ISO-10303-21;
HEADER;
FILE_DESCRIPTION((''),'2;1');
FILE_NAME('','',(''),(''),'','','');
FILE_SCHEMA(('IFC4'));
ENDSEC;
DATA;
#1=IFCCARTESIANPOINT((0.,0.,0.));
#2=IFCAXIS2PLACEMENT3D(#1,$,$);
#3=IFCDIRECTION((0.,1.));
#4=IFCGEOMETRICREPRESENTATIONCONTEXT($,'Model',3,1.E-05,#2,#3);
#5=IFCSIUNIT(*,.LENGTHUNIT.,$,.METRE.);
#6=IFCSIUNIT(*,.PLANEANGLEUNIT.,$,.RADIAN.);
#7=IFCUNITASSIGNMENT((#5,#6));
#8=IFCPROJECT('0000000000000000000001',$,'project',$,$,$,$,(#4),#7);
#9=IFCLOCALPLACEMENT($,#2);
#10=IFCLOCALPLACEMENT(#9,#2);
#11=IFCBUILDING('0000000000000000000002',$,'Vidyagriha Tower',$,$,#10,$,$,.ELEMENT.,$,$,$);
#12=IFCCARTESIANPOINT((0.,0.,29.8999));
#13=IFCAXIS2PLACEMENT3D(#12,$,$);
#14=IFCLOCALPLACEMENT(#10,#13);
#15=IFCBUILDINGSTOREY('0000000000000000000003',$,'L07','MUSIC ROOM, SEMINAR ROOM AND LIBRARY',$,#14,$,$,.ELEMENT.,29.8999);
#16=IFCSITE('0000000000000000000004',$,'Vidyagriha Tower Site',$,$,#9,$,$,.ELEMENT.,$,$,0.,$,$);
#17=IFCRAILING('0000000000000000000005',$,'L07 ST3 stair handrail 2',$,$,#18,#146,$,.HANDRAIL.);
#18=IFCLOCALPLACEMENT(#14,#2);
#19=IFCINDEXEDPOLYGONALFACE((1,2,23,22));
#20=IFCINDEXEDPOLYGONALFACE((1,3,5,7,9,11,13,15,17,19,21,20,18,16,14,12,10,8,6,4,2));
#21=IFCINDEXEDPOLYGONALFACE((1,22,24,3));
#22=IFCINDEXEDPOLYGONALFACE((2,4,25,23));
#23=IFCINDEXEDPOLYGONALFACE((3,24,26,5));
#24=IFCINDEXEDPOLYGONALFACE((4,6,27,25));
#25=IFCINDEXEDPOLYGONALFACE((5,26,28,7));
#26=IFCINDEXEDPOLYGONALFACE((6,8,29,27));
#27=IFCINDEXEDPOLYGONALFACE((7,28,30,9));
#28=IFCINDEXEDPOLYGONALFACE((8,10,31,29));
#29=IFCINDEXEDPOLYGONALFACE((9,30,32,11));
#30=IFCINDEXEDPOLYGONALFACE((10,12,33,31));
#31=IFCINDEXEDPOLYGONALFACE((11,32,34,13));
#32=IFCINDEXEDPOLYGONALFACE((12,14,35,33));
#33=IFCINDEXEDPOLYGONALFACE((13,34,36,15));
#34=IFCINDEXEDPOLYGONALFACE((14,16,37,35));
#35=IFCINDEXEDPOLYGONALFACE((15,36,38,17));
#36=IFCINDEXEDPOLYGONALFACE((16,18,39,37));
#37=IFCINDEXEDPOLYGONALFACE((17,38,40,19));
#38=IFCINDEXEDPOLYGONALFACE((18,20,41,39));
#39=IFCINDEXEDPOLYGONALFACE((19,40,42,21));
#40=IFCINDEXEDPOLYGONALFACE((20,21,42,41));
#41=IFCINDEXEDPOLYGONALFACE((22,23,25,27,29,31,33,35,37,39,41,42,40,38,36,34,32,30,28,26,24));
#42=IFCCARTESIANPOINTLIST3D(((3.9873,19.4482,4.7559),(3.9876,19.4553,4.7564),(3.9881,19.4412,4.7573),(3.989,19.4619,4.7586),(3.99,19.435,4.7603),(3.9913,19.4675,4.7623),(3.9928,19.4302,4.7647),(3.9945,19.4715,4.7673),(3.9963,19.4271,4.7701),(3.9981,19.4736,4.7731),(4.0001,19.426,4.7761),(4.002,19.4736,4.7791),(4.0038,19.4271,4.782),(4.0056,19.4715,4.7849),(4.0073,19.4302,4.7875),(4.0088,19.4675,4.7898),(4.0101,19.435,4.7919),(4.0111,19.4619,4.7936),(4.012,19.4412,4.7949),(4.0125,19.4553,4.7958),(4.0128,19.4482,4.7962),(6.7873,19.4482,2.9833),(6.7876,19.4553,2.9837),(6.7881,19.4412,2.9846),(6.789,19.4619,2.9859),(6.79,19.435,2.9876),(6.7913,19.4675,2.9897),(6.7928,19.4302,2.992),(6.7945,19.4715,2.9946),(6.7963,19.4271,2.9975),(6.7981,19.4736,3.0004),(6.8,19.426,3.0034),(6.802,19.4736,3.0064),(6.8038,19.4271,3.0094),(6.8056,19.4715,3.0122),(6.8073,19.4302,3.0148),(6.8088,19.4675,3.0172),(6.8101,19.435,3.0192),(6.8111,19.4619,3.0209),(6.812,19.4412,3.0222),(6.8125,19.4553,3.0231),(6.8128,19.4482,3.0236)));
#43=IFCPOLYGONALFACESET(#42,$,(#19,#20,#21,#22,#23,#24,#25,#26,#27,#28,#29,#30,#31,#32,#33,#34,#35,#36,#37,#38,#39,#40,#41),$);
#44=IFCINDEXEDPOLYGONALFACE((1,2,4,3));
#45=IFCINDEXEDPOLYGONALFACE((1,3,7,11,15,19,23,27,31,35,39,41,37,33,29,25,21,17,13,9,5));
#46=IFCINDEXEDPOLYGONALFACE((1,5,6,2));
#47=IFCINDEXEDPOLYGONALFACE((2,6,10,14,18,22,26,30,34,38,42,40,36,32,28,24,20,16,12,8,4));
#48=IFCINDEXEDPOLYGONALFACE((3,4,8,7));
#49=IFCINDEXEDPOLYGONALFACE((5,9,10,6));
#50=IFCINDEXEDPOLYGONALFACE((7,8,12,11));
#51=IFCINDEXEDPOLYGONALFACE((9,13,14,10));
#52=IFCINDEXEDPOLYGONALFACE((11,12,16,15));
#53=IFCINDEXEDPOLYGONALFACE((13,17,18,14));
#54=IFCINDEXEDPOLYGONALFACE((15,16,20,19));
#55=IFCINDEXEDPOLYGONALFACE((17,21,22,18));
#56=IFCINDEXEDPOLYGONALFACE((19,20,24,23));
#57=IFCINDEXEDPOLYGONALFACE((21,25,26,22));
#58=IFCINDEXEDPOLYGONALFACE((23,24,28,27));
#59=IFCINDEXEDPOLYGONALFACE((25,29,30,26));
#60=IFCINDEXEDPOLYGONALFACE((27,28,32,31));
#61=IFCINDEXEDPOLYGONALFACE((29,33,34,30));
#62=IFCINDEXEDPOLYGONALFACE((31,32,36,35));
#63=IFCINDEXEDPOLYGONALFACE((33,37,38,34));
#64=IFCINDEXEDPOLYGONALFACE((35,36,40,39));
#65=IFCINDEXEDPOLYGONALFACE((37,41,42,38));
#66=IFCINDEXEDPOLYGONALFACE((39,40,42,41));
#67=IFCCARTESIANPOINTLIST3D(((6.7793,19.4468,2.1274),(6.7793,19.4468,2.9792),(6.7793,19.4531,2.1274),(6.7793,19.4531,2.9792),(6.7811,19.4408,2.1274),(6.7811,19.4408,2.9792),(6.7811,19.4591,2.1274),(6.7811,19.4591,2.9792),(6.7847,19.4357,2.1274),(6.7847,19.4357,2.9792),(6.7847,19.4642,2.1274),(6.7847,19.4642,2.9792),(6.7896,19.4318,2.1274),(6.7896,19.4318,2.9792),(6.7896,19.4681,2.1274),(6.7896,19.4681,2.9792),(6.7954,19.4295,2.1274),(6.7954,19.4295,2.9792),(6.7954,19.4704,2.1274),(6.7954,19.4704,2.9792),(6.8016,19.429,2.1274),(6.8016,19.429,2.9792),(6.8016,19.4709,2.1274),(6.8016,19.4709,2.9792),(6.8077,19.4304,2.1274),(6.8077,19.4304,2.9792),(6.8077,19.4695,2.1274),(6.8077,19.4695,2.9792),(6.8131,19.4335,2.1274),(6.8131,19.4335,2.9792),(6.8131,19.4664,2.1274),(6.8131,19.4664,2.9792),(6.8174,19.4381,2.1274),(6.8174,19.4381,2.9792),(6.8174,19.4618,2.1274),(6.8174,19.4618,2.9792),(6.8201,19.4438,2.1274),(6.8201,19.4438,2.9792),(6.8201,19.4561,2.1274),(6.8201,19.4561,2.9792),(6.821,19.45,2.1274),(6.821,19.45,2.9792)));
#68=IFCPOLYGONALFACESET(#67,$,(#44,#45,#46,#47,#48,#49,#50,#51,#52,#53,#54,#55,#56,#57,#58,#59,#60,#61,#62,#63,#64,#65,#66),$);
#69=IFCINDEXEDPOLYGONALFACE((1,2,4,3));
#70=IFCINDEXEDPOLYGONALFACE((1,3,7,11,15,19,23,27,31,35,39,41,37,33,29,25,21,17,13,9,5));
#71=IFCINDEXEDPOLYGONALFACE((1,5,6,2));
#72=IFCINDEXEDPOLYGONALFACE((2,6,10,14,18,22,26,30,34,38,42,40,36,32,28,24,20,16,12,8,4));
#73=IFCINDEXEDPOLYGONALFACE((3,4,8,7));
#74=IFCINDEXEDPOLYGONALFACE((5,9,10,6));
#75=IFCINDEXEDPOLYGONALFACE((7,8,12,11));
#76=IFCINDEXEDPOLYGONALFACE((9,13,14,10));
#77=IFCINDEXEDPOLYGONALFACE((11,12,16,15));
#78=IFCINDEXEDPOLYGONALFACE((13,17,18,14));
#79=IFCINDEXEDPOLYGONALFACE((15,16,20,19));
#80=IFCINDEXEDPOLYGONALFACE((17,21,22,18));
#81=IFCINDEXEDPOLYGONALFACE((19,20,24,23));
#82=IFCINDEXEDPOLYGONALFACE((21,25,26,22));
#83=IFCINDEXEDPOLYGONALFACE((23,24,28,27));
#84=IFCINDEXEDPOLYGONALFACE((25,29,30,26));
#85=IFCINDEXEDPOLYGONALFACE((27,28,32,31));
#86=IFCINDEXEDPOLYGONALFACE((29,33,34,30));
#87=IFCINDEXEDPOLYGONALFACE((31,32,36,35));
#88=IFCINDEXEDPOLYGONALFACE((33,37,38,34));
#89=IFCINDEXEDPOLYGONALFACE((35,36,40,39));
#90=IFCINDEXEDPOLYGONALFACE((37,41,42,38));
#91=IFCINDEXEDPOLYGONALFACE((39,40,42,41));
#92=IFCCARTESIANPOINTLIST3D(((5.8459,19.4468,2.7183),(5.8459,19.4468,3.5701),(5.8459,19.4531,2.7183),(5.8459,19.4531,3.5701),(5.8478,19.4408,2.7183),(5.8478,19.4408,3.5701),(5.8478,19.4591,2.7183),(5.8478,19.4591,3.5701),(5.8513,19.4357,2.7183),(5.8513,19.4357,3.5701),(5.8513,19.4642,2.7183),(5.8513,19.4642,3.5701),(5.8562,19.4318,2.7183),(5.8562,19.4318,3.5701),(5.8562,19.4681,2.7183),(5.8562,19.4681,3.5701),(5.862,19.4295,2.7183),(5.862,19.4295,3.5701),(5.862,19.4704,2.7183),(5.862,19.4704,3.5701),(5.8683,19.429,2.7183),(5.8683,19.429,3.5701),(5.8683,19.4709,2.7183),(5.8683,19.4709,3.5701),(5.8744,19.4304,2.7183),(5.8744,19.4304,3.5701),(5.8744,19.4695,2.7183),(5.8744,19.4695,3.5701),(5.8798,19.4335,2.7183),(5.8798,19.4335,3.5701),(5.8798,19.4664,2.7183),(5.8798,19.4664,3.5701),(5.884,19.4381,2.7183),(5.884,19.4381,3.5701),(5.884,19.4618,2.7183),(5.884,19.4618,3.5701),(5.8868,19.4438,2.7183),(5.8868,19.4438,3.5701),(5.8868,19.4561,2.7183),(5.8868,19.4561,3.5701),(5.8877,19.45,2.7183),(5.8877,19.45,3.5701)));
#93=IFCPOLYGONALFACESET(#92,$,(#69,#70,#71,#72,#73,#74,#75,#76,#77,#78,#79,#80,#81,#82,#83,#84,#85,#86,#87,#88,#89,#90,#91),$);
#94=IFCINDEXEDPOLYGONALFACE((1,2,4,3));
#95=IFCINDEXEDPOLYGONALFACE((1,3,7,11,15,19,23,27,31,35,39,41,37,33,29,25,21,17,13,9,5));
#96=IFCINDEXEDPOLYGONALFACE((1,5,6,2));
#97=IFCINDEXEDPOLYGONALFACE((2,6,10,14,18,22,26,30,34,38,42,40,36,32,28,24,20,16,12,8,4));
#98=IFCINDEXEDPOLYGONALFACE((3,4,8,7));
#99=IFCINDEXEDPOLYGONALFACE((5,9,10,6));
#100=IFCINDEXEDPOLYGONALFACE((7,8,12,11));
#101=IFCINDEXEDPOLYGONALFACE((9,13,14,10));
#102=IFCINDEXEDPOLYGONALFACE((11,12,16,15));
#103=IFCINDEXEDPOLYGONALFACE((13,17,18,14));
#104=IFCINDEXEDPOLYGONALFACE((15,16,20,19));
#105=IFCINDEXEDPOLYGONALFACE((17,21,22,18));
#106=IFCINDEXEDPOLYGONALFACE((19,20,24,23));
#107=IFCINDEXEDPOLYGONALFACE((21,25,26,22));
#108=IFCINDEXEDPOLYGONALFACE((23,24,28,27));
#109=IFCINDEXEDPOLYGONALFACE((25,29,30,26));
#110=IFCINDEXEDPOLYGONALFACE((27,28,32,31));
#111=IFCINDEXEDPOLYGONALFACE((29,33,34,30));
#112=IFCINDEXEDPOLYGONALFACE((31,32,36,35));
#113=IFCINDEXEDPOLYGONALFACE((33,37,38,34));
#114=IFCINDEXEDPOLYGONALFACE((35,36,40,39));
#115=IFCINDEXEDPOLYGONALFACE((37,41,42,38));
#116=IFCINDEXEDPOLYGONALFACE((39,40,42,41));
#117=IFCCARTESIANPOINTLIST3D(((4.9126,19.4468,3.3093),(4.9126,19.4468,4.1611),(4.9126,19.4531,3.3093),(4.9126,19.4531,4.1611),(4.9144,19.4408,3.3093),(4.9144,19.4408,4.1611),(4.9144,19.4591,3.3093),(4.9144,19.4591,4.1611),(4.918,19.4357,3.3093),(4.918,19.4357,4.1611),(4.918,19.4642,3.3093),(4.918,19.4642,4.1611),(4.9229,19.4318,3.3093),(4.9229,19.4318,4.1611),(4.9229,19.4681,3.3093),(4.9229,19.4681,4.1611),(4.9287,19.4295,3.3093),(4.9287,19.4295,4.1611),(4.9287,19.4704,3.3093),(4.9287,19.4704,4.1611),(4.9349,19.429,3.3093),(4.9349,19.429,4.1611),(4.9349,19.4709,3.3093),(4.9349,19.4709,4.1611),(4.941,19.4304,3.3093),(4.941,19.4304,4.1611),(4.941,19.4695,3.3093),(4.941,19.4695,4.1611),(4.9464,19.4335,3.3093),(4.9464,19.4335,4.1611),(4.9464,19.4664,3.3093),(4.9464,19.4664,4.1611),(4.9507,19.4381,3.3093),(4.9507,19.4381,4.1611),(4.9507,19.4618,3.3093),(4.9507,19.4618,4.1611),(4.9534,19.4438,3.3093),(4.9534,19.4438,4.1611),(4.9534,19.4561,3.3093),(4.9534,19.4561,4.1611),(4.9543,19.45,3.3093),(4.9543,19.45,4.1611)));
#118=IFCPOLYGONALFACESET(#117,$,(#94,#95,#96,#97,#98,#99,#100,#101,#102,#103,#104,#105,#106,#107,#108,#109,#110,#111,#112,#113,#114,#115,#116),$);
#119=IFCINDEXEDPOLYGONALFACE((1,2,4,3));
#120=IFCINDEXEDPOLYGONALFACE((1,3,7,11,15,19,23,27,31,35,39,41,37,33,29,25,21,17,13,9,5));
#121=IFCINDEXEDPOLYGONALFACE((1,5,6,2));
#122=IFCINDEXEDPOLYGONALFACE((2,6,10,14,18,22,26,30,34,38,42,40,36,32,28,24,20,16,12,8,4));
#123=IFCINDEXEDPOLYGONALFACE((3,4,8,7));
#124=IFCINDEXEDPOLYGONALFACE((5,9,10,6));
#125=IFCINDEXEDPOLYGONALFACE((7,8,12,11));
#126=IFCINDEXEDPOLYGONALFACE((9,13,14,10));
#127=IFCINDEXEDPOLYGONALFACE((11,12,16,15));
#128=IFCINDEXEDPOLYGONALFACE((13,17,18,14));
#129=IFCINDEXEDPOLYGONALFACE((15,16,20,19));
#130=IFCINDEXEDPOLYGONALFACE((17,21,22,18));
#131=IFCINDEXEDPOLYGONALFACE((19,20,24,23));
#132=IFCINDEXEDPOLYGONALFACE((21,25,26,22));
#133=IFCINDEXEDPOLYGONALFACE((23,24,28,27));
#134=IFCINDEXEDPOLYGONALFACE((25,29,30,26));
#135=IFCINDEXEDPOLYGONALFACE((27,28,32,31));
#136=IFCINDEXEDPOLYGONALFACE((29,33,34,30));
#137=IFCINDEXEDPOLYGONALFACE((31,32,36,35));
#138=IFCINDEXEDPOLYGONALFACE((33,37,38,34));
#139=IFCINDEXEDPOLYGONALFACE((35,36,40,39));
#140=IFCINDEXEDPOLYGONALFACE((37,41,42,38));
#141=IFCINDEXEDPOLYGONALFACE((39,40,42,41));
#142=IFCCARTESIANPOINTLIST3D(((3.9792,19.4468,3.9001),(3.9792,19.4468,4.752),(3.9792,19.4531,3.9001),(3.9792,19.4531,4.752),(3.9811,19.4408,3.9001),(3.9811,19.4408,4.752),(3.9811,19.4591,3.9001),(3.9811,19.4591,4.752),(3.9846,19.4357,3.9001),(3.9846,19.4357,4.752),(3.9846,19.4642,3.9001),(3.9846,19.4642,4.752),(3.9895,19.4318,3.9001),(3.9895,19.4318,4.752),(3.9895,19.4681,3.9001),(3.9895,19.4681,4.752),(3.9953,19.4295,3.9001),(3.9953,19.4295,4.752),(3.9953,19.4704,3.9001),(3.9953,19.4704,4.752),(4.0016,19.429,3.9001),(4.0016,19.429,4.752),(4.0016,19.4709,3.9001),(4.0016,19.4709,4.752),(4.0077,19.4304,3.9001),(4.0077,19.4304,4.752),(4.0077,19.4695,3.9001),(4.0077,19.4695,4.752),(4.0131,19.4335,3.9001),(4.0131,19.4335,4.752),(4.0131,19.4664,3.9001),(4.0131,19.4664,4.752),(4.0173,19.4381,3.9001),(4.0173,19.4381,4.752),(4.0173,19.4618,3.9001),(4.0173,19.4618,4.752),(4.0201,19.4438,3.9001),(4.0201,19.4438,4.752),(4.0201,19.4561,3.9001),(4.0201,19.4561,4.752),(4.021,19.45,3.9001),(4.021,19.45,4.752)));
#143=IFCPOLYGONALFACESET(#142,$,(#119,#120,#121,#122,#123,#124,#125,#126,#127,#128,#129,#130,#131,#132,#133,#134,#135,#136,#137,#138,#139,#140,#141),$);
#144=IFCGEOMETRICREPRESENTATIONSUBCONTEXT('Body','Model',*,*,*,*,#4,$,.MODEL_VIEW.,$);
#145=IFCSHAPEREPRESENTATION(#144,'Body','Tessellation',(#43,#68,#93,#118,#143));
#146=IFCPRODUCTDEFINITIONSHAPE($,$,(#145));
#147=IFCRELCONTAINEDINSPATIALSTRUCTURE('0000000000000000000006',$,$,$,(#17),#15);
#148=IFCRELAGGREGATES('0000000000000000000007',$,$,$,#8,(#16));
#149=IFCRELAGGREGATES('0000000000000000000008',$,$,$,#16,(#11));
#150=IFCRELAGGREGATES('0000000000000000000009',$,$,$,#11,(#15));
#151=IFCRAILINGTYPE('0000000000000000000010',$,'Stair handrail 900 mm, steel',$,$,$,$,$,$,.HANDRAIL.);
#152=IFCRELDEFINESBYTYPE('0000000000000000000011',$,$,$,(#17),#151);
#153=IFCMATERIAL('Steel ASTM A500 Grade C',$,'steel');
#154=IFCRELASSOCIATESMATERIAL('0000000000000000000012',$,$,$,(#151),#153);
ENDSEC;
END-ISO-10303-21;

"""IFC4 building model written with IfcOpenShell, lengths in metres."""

from ifc_helpers import new_model, si_unit, direction, frame, origin, origin_2d, place, context, subcontext, project, spatial, circle, extrude, material, type_object, element, save


model = new_model("IFC4")

# Units and contexts
model_context = context("Model", 3, precision=1e-05, world=origin(), true_north=direction((0.0, 1.0)))
body_context = subcontext(model_context, "Body", "Model", "MODEL_VIEW")
ifc_project = project(units=[si_unit("LENGTHUNIT", "METRE"), si_unit("PLANEANGLEUNIT", "RADIAN")], contexts=[model_context])

# Site, building, storey
site_placement = place(None, origin())
site = spatial("IfcSite", under=ifc_project, at=site_placement, Name="Vidyagriha Tower Site", CompositionType="ELEMENT", RefElevation=0.0)
building_placement = place(site_placement, origin())
building = spatial("IfcBuilding", under=site, at=building_placement, Name="Vidyagriha Tower", CompositionType="ELEMENT")
storey_placement = place(building_placement, frame((0.0, 0.0, 29.8999)))
storey = spatial("IfcBuildingStorey", under=building, at=storey_placement, Name="L07", Description="MUSIC ROOM, SEMINAR ROOM AND LIBRARY", CompositionType="ELEMENT", Elevation=29.8999)

# Railing
ifc_material_1 = material(Name="Steel ASTM A500 Grade C", Category="steel")
railing_type_1 = type_object("IfcRailingType", Name="Stair handrail 900 mm, steel", PredefinedType="HANDRAIL", material=ifc_material_1)
railing_1_placement = place(storey_placement, frame((6.8, 19.45, 2.1274)))
element("IfcRailing", 1, at=railing_1_placement, inside=storey, type_object=railing_type_1, Name="L07 ST3 stair handrail 2", PredefinedType="HANDRAIL", context=body_context, shape_type="SweptSolid", body=[
    extrude(circle(Radius=0.0239, at=origin_2d()), frame((0.0, 0.0, 0.876), z_axis=(-0.844909, 0.0, 0.53491), x_axis=(0.0, -1.0, 0.0)), (0.0, 0.0, 1.0), 3.314),
    extrude(circle(Radius=0.021, at=origin_2d()), origin(), (0.0, 0.0, 1.0), 0.8518),
    extrude(circle(Radius=0.021, at=origin_2d()), frame((-0.9333, 0.0, 0.5908)), (0.0, 0.0, 1.0), 0.8518),
    extrude(circle(Radius=0.021, at=origin_2d()), frame((-1.8667, 0.0, 1.1819)), (0.0, 0.0, 1.0), 0.8518),
    extrude(circle(Radius=0.021, at=origin_2d()), frame((-2.8, 0.0, 1.7727)), (0.0, 0.0, 1.0), 0.8518),
])

save(model, "model.ifc")
